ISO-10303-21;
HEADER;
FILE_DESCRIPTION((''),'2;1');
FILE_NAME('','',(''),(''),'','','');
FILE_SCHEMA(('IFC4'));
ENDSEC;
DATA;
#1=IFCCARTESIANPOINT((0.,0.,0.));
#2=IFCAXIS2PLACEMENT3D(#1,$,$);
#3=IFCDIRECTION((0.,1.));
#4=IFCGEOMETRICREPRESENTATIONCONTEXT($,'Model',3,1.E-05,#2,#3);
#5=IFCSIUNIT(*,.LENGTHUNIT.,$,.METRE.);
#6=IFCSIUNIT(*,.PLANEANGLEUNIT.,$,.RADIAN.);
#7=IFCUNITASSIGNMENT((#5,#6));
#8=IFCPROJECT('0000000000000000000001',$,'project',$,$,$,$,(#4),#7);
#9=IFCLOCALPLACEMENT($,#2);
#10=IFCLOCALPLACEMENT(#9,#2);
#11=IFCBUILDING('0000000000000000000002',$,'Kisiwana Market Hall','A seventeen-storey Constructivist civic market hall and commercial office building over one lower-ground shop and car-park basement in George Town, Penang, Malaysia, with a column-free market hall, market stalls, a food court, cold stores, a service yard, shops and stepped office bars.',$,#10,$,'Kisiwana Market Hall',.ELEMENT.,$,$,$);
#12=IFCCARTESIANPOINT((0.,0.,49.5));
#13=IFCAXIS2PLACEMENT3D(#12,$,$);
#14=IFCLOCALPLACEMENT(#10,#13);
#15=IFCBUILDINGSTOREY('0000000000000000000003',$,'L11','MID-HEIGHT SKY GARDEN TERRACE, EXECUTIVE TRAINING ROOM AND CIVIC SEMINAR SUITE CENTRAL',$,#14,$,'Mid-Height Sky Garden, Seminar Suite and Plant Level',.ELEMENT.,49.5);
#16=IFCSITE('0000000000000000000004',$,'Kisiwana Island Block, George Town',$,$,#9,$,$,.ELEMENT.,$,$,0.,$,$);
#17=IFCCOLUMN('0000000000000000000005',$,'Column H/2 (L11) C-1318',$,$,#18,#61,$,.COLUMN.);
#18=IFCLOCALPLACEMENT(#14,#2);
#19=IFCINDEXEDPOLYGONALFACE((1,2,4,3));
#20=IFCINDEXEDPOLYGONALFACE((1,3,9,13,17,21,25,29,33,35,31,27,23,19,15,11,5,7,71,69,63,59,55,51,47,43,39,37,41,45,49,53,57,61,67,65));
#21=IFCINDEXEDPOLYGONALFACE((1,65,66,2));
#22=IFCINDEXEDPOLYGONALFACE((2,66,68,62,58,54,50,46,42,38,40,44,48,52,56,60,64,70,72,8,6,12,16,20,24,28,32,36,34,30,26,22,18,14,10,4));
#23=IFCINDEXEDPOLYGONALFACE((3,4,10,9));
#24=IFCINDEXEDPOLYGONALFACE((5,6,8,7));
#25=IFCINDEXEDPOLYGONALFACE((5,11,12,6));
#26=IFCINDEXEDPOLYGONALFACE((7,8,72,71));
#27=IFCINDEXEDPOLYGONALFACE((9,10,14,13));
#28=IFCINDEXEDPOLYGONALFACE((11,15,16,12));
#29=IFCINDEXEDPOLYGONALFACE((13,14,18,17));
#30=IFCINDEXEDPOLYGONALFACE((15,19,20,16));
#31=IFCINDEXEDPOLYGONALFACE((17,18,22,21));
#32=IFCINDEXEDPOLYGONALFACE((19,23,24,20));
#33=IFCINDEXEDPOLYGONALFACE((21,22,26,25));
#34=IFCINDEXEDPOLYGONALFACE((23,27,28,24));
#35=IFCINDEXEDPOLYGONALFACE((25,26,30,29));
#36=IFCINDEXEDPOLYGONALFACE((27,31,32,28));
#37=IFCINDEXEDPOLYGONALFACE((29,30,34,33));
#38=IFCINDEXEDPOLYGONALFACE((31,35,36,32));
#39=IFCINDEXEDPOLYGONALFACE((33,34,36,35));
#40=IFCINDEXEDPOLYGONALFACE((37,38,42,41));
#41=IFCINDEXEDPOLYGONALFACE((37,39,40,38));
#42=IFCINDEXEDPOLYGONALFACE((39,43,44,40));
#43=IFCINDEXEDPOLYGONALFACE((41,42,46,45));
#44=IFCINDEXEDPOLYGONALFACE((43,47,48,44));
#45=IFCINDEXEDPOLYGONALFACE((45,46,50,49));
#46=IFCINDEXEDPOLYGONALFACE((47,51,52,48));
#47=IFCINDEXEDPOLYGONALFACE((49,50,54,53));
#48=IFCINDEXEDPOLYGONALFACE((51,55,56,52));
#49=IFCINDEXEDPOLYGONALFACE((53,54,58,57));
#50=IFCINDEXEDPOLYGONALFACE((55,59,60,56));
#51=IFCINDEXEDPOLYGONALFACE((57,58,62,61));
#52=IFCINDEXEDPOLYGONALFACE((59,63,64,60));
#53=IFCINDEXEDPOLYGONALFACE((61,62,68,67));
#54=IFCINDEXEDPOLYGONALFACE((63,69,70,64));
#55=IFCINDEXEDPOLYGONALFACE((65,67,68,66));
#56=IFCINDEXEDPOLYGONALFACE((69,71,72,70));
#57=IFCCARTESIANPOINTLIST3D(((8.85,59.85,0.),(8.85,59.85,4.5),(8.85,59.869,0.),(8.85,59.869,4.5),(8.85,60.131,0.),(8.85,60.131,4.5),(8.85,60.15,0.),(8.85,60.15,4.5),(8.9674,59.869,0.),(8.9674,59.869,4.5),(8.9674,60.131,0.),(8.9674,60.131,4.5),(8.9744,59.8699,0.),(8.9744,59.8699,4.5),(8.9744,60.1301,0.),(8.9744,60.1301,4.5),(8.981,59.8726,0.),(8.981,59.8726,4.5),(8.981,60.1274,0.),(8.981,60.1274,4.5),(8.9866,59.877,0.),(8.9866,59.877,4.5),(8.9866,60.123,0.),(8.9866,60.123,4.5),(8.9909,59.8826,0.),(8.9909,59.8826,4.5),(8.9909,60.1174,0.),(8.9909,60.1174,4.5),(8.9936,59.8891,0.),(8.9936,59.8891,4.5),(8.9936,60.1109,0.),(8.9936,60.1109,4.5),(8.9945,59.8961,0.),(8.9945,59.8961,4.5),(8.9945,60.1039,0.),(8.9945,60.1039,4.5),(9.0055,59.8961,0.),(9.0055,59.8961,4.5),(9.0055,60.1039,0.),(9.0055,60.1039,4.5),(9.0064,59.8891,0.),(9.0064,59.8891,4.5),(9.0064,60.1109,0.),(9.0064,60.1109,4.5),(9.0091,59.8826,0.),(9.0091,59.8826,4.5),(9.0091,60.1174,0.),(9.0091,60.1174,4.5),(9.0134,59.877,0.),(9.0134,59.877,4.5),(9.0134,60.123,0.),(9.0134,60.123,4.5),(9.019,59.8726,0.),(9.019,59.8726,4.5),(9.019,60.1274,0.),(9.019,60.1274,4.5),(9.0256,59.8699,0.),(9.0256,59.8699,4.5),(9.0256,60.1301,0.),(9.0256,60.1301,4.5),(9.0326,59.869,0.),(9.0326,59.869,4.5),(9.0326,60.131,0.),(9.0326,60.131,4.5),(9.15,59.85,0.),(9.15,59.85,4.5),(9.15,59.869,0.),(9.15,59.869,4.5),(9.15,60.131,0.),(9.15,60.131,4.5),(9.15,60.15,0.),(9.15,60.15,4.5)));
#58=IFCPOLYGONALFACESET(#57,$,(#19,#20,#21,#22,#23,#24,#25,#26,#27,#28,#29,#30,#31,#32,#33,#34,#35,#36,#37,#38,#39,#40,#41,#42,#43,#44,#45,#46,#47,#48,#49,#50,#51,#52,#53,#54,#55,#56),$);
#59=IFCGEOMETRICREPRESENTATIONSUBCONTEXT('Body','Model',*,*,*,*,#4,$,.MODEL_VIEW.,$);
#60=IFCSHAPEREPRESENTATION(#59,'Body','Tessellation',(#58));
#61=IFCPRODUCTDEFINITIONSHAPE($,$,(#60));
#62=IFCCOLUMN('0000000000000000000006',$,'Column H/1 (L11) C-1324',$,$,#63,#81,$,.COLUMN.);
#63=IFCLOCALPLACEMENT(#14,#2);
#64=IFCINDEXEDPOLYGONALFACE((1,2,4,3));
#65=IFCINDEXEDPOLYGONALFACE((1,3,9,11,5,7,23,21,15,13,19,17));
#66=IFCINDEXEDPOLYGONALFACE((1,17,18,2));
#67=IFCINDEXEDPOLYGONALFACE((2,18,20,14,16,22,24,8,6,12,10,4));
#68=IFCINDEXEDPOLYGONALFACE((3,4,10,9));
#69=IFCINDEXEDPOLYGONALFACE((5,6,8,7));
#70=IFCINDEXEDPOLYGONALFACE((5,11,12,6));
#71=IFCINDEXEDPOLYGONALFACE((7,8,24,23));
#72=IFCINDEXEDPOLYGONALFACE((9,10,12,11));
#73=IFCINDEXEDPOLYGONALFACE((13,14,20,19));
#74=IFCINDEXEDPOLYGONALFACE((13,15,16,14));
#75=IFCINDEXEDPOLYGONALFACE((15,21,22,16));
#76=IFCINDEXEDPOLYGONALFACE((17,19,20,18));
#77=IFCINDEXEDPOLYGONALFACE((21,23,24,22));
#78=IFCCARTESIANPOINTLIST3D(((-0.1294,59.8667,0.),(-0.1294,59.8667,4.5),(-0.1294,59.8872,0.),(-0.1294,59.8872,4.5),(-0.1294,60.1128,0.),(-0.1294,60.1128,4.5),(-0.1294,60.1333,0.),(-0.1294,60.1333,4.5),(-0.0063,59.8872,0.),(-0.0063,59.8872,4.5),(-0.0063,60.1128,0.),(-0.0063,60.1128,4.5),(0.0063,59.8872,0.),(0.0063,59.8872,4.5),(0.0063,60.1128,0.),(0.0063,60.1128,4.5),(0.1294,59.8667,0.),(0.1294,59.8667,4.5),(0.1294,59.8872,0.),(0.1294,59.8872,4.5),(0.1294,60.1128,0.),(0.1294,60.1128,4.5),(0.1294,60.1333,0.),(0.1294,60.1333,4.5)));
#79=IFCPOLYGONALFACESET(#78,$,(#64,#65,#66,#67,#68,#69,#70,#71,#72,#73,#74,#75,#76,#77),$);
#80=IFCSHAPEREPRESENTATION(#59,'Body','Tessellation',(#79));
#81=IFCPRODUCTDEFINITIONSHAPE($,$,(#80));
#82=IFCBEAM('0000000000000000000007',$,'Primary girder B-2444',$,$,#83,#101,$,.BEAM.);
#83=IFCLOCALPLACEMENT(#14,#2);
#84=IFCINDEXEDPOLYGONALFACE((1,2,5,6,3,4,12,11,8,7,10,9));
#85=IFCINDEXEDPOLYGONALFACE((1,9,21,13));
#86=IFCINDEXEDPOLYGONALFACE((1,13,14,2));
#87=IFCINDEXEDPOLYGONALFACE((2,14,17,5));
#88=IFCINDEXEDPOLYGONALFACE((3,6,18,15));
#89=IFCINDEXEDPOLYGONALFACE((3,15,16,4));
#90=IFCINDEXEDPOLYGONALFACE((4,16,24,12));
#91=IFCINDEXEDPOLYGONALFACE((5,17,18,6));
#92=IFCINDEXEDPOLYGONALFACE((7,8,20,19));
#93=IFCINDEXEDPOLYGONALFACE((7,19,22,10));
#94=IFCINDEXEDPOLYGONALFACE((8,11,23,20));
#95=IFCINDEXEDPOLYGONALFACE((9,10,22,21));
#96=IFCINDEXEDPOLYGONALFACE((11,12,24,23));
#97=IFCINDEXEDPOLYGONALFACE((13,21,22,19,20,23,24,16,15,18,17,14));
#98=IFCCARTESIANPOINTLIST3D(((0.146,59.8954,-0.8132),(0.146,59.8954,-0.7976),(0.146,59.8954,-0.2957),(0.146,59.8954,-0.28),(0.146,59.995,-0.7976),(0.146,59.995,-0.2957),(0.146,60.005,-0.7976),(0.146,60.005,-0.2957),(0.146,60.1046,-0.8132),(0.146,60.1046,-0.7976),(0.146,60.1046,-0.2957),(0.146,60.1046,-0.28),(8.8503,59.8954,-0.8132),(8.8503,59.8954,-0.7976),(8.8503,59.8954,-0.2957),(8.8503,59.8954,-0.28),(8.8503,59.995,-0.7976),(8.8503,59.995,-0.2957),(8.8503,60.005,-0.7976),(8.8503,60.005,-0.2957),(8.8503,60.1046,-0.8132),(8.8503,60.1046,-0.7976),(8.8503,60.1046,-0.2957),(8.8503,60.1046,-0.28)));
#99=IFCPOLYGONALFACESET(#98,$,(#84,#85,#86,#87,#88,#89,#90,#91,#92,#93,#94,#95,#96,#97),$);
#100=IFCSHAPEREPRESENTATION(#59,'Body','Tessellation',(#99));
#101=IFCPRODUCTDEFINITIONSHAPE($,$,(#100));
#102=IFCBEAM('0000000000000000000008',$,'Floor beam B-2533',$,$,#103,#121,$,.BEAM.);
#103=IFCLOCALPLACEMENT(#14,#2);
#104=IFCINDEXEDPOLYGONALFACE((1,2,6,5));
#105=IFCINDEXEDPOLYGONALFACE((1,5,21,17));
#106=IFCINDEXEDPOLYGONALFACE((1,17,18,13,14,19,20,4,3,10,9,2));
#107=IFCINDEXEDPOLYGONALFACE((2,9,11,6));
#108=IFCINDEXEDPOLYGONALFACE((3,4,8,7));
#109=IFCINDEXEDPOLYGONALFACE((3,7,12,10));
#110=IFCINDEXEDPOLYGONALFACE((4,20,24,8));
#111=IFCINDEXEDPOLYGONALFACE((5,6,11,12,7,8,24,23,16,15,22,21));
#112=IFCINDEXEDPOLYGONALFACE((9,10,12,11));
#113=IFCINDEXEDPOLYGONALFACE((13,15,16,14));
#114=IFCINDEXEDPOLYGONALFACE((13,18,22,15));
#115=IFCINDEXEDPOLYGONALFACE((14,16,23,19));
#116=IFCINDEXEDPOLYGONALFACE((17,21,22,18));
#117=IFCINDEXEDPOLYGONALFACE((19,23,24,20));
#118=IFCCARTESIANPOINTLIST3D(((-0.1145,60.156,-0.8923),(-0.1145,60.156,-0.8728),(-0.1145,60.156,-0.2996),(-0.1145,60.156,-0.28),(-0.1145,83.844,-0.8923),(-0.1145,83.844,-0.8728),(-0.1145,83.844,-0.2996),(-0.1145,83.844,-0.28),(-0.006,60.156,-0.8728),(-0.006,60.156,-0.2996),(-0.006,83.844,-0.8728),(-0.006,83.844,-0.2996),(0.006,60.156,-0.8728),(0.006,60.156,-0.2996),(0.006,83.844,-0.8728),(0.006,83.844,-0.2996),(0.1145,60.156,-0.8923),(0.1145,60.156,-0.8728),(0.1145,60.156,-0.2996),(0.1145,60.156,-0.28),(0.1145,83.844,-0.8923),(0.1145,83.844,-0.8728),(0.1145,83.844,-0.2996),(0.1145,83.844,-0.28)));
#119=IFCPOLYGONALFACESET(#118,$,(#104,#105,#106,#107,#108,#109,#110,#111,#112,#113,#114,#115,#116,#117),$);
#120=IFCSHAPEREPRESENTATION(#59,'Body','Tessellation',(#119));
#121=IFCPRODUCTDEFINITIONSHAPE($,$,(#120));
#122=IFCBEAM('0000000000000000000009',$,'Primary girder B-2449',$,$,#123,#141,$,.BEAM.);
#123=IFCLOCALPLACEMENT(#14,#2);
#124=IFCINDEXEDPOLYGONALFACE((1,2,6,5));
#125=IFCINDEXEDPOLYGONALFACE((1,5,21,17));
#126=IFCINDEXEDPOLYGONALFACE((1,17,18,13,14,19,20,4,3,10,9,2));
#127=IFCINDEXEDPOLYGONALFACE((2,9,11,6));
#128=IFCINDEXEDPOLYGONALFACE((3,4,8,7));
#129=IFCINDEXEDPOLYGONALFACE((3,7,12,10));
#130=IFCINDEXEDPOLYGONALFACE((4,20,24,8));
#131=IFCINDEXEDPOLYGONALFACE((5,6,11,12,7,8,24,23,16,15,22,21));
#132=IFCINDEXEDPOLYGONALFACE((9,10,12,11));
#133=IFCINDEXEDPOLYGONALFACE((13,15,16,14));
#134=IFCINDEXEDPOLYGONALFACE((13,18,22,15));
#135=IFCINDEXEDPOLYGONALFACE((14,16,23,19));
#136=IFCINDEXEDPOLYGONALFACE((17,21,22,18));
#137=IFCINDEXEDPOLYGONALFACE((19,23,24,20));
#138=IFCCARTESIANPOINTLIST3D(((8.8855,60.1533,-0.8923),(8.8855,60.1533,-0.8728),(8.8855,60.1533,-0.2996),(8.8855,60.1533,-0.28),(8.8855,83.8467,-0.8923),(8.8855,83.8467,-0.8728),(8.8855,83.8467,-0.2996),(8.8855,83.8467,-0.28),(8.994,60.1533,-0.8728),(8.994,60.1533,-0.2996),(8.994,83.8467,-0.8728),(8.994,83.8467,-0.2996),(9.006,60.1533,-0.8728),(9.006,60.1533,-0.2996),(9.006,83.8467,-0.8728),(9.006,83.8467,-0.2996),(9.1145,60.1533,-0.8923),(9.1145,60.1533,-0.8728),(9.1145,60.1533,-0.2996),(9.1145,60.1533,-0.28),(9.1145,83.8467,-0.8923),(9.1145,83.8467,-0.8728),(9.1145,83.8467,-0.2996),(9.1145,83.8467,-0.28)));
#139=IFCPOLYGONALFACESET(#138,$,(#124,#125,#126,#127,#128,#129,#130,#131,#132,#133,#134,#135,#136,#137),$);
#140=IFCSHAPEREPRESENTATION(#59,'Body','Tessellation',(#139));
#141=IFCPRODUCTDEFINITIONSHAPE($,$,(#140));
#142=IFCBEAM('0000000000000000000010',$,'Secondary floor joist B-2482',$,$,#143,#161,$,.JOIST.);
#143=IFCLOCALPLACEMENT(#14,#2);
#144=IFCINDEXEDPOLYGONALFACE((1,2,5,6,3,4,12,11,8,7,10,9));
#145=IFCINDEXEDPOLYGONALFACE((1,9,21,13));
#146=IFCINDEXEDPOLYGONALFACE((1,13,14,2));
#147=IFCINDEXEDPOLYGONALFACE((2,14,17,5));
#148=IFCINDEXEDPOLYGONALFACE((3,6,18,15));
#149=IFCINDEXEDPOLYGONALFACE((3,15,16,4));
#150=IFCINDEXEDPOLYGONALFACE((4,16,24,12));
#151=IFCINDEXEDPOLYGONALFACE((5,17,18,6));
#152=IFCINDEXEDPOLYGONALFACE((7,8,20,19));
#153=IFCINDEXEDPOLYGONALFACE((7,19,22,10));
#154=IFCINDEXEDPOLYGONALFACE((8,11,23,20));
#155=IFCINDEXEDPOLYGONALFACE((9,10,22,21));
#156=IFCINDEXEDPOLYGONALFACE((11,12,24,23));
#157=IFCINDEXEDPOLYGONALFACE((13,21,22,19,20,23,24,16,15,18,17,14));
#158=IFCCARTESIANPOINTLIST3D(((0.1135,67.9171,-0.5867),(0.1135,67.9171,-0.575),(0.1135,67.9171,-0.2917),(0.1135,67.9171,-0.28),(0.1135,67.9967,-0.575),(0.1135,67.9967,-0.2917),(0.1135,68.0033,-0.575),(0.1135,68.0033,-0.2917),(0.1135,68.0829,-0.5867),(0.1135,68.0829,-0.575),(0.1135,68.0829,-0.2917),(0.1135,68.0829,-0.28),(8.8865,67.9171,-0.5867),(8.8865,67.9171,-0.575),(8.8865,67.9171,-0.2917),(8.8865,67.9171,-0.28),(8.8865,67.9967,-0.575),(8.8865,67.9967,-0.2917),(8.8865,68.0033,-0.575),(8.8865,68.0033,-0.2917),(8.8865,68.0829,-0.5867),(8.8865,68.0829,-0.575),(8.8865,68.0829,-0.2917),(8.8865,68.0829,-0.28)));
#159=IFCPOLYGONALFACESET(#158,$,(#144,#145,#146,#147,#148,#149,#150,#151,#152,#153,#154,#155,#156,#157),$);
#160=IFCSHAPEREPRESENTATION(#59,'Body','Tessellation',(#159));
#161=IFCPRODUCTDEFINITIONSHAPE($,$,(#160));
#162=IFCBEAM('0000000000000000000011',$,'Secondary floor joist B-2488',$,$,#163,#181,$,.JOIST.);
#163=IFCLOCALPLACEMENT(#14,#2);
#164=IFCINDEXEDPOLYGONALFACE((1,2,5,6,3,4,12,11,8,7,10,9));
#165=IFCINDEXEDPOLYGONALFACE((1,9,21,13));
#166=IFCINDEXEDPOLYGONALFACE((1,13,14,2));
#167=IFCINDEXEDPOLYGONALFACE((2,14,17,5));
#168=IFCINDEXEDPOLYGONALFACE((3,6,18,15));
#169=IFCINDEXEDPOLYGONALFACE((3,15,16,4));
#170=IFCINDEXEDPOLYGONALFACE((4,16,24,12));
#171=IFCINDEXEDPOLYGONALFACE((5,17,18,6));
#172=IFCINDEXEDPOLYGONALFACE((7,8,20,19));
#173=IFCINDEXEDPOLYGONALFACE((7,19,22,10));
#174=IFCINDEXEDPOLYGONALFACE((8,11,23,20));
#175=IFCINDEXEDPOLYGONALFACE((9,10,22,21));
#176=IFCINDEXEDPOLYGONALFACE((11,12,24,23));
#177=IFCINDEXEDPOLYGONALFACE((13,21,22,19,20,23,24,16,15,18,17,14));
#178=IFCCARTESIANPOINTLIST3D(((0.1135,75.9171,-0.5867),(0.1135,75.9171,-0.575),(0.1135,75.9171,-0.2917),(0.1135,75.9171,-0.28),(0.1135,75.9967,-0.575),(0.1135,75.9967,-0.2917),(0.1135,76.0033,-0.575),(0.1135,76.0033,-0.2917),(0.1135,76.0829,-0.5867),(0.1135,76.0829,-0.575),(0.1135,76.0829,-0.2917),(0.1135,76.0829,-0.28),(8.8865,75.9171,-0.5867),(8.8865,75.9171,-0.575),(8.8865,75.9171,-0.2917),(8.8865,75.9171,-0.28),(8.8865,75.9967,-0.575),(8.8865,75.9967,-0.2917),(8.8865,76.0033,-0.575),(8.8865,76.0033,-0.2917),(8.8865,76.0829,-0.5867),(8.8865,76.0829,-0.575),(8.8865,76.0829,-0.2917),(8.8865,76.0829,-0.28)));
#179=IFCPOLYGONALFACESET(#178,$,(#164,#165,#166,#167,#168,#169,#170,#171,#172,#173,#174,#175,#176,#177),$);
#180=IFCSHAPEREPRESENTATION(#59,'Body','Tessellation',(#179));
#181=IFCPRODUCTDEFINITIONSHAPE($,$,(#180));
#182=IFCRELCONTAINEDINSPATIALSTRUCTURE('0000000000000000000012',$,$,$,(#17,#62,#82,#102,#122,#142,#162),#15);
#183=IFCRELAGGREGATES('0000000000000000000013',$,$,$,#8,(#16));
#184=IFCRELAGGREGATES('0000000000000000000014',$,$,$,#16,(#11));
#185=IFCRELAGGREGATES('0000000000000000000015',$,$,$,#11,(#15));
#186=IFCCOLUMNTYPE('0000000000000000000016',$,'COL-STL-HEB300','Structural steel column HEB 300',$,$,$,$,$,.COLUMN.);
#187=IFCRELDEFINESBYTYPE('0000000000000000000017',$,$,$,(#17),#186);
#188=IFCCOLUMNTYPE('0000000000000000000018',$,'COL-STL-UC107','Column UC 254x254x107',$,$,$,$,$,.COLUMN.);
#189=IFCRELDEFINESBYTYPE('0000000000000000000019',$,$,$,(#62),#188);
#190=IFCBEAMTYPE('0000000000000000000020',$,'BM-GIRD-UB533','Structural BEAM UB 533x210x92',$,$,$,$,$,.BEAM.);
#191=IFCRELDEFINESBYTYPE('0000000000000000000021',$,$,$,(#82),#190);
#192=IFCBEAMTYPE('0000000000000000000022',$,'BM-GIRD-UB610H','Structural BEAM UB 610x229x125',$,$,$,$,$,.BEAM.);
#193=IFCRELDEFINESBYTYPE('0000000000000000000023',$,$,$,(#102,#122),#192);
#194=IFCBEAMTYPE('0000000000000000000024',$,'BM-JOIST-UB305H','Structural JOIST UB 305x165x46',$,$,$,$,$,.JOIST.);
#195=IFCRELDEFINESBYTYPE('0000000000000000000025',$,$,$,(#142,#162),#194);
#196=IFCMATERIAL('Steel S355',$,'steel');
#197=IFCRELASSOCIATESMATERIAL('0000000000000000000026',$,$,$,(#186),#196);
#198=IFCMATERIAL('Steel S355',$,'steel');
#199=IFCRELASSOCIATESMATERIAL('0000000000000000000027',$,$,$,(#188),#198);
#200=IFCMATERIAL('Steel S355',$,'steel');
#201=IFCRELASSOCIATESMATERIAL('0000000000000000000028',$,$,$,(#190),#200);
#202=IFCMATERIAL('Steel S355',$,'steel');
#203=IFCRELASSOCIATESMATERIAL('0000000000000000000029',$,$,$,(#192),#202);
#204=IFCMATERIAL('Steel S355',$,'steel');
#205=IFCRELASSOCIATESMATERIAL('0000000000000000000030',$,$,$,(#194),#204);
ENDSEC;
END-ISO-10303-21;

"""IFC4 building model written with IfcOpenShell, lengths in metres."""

from ifc_helpers import new_model, si_unit, direction, frame, origin, origin_2d, place, context, subcontext, project, spatial, i_section, extrude, material, material_profile, profile_set, type_object, element, save


model = new_model("IFC4")

# Units and contexts
model_context = context("Model", 3, precision=1e-05, world=origin(), true_north=direction((0.0, 1.0)))
body_context = subcontext(model_context, "Body", "Model", "MODEL_VIEW")
ifc_project = project(units=[si_unit("LENGTHUNIT", "METRE"), si_unit("PLANEANGLEUNIT", "RADIAN")], contexts=[model_context])

# Site, building, storey
site_placement = place(None, origin())
site = spatial("IfcSite", under=ifc_project, at=site_placement, Name="Kisiwana Island Block, George Town", CompositionType="ELEMENT", RefElevation=0.0)
building_placement = place(site_placement, origin())
building = spatial("IfcBuilding", under=site, at=building_placement, Name="Kisiwana Market Hall", Description="A seventeen-storey Constructivist civic market hall and commercial office building over one lower-ground shop and car-park basement in George Town, Penang, Malaysia, with a column-free market hall, market stalls, a food court, cold stores, a service yard, shops and stepped office bars.", LongName="Kisiwana Market Hall", CompositionType="ELEMENT")
storey_placement = place(building_placement, frame((0.0, 0.0, 49.5)))
storey = spatial("IfcBuildingStorey", under=building, at=storey_placement, Name="L11", Description="MID-HEIGHT SKY GARDEN TERRACE, EXECUTIVE TRAINING ROOM AND CIVIC SEMINAR SUITE CENTRAL", LongName="Mid-Height Sky Garden, Seminar Suite and Plant Level", CompositionType="ELEMENT", Elevation=49.5)

# Columns
ifc_material_1 = material(Name="Steel S355", Category="steel")
ifc_material_profile_1 = material_profile(ifc_material_1, i_section(OverallWidth=0.3, OverallDepth=0.3, WebThickness=0.011, FlangeThickness=0.019, FilletRadius=0.0271, at=origin_2d()), Name="HEB 300")
ifc_profile_set_1 = profile_set([ifc_material_profile_1], Name="Steel S355")
column_type_1 = type_object("IfcColumnType", Name="COL-STL-HEB300", Description="Structural steel column HEB 300", PredefinedType="COLUMN", material=ifc_profile_set_1)
column_1_placement = place(storey_placement, frame((9.0, 60.0, 0.0), z_axis=(0.0, 0.0, 1.0), x_axis=(1.0, 0.0, 0.0)))
element("IfcColumn", 1, at=column_1_placement, inside=storey, type_object=column_type_1, Name="Column H/2 (L11) C-1318", PredefinedType="COLUMN", context=body_context, shape_type="SweptSolid", body=[
    extrude(i_section(OverallWidth=0.3, OverallDepth=0.3, WebThickness=0.011, FlangeThickness=0.019, FilletRadius=0.0271, at=origin_2d()), origin(), (0.0, 0.0, 1.0), 4.5),
])
ifc_material_2 = material(Name="Steel S355", Category="steel")
ifc_material_profile_2 = material_profile(ifc_material_2, i_section(OverallWidth=0.2588, OverallDepth=0.2666, WebThickness=0.0127, FlangeThickness=0.0205, at=origin_2d()), Name="UC 254x254x107")
ifc_profile_set_2 = profile_set([ifc_material_profile_2], Name="Steel S355")
column_type_2 = type_object("IfcColumnType", Name="COL-STL-UC107", Description="Column UC 254x254x107", PredefinedType="COLUMN", material=ifc_profile_set_2)
column_2_placement = place(storey_placement, frame((0.0, 60.0, 0.0), z_axis=(0.0, 0.0, 1.0), x_axis=(1.0, 0.0, 0.0)))
element("IfcColumn", 2, at=column_2_placement, inside=storey, type_object=column_type_2, Name="Column H/1 (L11) C-1324", PredefinedType="COLUMN", context=body_context, shape_type="SweptSolid", body=[
    extrude(i_section(OverallWidth=0.2588, OverallDepth=0.2666, WebThickness=0.0127, FlangeThickness=0.0205, at=origin_2d()), origin(), (0.0, 0.0, 1.0), 4.5),
])

# Beams
ifc_material_3 = material(Name="Steel S355", Category="steel")
ifc_material_profile_3 = material_profile(ifc_material_3, i_section(OverallWidth=0.2092, OverallDepth=0.5332, WebThickness=0.01, FlangeThickness=0.0156, at=origin_2d()), Name="UB 533x210x92")
ifc_profile_set_3 = profile_set([ifc_material_profile_3], Name="Steel S355")
beam_type_1 = type_object("IfcBeamType", Name="BM-GIRD-UB533", Description="Structural BEAM UB 533x210x92", PredefinedType="BEAM", material=ifc_profile_set_3)
beam_1_placement = place(storey_placement, frame((0.146, 60.0, -0.5466), z_axis=(1.0, 0.0, 0.0), x_axis=(0.0, 1.0, 0.0)))
element("IfcBeam", 3, at=beam_1_placement, inside=storey, type_object=beam_type_1, Name="Primary girder B-2444", PredefinedType="BEAM", context=body_context, shape_type="SweptSolid", body=[
    extrude(i_section(OverallWidth=0.2092, OverallDepth=0.5332, WebThickness=0.01, FlangeThickness=0.0156, at=origin_2d()), origin(), (0.0, 0.0, 1.0), 8.7043),
])
ifc_material_4 = material(Name="Steel S355", Category="steel")
ifc_material_profile_4 = material_profile(ifc_material_4, i_section(OverallWidth=0.229, OverallDepth=0.6123, WebThickness=0.012, FlangeThickness=0.0195, at=origin_2d()), Name="UB 610x229x125")
ifc_profile_set_4 = profile_set([ifc_material_profile_4], Name="Steel S355")
beam_type_2 = type_object("IfcBeamType", Name="BM-GIRD-UB610H", Description="Structural BEAM UB 610x229x125", PredefinedType="BEAM", material=ifc_profile_set_4)
beam_2_placement = place(storey_placement, frame((0.0, 60.156, -0.5862), z_axis=(0.0, 1.0, 0.0), x_axis=(-1.0, 0.0, 0.0)))
element("IfcBeam", 4, at=beam_2_placement, inside=storey, type_object=beam_type_2, Name="Floor beam B-2533", PredefinedType="BEAM", context=body_context, shape_type="SweptSolid", body=[
    extrude(i_section(OverallWidth=0.229, OverallDepth=0.6123, WebThickness=0.012, FlangeThickness=0.0195, at=origin_2d()), origin(), (0.0, 0.0, 1.0), 23.688),
])
beam_3_placement = place(storey_placement, frame((9.0, 60.1533, -0.5862), z_axis=(0.0, 1.0, 0.0), x_axis=(-1.0, 0.0, 0.0)))
element("IfcBeam", 5, at=beam_3_placement, inside=storey, type_object=beam_type_2, Name="Primary girder B-2449", PredefinedType="BEAM", context=body_context, shape_type="SweptSolid", body=[
    extrude(i_section(OverallWidth=0.229, OverallDepth=0.6123, WebThickness=0.012, FlangeThickness=0.0195, at=origin_2d()), origin(), (0.0, 0.0, 1.0), 23.6934),
])
ifc_material_5 = material(Name="Steel S355", Category="steel")
ifc_material_profile_5 = material_profile(ifc_material_5, i_section(OverallWidth=0.1658, OverallDepth=0.3066, WebThickness=0.0066, FlangeThickness=0.0117, at=origin_2d()), Name="UB 305x165x46")
ifc_profile_set_5 = profile_set([ifc_material_profile_5], Name="Steel S355")
beam_type_3 = type_object("IfcBeamType", Name="BM-JOIST-UB305H", Description="Structural JOIST UB 305x165x46", PredefinedType="JOIST", material=ifc_profile_set_5)
for number, where, z_axis, x_axis, name in (
    (6, (0.1135, 68.0, -0.4333), (1.0, 0.0, 0.0), (0.0, 1.0, 0.0), "Secondary floor joist B-2482"),
    (7, (0.1135, 76.0, -0.4333), (1.0, 0.0, 0.0), (0.0, 1.0, 0.0), "Secondary floor joist B-2488"),
):
    element("IfcBeam", number, at=place(storey_placement, frame(where, z_axis=z_axis, x_axis=x_axis)), inside=storey, type_object=beam_type_3, Name=name, PredefinedType="JOIST", context=body_context, shape_type="SweptSolid", body=[
        extrude(i_section(OverallWidth=0.1658, OverallDepth=0.3066, WebThickness=0.0066, FlangeThickness=0.0117, at=origin_2d()), origin(), (0.0, 0.0, 1.0), 8.7729),
    ])

save(model, "model.ifc")
